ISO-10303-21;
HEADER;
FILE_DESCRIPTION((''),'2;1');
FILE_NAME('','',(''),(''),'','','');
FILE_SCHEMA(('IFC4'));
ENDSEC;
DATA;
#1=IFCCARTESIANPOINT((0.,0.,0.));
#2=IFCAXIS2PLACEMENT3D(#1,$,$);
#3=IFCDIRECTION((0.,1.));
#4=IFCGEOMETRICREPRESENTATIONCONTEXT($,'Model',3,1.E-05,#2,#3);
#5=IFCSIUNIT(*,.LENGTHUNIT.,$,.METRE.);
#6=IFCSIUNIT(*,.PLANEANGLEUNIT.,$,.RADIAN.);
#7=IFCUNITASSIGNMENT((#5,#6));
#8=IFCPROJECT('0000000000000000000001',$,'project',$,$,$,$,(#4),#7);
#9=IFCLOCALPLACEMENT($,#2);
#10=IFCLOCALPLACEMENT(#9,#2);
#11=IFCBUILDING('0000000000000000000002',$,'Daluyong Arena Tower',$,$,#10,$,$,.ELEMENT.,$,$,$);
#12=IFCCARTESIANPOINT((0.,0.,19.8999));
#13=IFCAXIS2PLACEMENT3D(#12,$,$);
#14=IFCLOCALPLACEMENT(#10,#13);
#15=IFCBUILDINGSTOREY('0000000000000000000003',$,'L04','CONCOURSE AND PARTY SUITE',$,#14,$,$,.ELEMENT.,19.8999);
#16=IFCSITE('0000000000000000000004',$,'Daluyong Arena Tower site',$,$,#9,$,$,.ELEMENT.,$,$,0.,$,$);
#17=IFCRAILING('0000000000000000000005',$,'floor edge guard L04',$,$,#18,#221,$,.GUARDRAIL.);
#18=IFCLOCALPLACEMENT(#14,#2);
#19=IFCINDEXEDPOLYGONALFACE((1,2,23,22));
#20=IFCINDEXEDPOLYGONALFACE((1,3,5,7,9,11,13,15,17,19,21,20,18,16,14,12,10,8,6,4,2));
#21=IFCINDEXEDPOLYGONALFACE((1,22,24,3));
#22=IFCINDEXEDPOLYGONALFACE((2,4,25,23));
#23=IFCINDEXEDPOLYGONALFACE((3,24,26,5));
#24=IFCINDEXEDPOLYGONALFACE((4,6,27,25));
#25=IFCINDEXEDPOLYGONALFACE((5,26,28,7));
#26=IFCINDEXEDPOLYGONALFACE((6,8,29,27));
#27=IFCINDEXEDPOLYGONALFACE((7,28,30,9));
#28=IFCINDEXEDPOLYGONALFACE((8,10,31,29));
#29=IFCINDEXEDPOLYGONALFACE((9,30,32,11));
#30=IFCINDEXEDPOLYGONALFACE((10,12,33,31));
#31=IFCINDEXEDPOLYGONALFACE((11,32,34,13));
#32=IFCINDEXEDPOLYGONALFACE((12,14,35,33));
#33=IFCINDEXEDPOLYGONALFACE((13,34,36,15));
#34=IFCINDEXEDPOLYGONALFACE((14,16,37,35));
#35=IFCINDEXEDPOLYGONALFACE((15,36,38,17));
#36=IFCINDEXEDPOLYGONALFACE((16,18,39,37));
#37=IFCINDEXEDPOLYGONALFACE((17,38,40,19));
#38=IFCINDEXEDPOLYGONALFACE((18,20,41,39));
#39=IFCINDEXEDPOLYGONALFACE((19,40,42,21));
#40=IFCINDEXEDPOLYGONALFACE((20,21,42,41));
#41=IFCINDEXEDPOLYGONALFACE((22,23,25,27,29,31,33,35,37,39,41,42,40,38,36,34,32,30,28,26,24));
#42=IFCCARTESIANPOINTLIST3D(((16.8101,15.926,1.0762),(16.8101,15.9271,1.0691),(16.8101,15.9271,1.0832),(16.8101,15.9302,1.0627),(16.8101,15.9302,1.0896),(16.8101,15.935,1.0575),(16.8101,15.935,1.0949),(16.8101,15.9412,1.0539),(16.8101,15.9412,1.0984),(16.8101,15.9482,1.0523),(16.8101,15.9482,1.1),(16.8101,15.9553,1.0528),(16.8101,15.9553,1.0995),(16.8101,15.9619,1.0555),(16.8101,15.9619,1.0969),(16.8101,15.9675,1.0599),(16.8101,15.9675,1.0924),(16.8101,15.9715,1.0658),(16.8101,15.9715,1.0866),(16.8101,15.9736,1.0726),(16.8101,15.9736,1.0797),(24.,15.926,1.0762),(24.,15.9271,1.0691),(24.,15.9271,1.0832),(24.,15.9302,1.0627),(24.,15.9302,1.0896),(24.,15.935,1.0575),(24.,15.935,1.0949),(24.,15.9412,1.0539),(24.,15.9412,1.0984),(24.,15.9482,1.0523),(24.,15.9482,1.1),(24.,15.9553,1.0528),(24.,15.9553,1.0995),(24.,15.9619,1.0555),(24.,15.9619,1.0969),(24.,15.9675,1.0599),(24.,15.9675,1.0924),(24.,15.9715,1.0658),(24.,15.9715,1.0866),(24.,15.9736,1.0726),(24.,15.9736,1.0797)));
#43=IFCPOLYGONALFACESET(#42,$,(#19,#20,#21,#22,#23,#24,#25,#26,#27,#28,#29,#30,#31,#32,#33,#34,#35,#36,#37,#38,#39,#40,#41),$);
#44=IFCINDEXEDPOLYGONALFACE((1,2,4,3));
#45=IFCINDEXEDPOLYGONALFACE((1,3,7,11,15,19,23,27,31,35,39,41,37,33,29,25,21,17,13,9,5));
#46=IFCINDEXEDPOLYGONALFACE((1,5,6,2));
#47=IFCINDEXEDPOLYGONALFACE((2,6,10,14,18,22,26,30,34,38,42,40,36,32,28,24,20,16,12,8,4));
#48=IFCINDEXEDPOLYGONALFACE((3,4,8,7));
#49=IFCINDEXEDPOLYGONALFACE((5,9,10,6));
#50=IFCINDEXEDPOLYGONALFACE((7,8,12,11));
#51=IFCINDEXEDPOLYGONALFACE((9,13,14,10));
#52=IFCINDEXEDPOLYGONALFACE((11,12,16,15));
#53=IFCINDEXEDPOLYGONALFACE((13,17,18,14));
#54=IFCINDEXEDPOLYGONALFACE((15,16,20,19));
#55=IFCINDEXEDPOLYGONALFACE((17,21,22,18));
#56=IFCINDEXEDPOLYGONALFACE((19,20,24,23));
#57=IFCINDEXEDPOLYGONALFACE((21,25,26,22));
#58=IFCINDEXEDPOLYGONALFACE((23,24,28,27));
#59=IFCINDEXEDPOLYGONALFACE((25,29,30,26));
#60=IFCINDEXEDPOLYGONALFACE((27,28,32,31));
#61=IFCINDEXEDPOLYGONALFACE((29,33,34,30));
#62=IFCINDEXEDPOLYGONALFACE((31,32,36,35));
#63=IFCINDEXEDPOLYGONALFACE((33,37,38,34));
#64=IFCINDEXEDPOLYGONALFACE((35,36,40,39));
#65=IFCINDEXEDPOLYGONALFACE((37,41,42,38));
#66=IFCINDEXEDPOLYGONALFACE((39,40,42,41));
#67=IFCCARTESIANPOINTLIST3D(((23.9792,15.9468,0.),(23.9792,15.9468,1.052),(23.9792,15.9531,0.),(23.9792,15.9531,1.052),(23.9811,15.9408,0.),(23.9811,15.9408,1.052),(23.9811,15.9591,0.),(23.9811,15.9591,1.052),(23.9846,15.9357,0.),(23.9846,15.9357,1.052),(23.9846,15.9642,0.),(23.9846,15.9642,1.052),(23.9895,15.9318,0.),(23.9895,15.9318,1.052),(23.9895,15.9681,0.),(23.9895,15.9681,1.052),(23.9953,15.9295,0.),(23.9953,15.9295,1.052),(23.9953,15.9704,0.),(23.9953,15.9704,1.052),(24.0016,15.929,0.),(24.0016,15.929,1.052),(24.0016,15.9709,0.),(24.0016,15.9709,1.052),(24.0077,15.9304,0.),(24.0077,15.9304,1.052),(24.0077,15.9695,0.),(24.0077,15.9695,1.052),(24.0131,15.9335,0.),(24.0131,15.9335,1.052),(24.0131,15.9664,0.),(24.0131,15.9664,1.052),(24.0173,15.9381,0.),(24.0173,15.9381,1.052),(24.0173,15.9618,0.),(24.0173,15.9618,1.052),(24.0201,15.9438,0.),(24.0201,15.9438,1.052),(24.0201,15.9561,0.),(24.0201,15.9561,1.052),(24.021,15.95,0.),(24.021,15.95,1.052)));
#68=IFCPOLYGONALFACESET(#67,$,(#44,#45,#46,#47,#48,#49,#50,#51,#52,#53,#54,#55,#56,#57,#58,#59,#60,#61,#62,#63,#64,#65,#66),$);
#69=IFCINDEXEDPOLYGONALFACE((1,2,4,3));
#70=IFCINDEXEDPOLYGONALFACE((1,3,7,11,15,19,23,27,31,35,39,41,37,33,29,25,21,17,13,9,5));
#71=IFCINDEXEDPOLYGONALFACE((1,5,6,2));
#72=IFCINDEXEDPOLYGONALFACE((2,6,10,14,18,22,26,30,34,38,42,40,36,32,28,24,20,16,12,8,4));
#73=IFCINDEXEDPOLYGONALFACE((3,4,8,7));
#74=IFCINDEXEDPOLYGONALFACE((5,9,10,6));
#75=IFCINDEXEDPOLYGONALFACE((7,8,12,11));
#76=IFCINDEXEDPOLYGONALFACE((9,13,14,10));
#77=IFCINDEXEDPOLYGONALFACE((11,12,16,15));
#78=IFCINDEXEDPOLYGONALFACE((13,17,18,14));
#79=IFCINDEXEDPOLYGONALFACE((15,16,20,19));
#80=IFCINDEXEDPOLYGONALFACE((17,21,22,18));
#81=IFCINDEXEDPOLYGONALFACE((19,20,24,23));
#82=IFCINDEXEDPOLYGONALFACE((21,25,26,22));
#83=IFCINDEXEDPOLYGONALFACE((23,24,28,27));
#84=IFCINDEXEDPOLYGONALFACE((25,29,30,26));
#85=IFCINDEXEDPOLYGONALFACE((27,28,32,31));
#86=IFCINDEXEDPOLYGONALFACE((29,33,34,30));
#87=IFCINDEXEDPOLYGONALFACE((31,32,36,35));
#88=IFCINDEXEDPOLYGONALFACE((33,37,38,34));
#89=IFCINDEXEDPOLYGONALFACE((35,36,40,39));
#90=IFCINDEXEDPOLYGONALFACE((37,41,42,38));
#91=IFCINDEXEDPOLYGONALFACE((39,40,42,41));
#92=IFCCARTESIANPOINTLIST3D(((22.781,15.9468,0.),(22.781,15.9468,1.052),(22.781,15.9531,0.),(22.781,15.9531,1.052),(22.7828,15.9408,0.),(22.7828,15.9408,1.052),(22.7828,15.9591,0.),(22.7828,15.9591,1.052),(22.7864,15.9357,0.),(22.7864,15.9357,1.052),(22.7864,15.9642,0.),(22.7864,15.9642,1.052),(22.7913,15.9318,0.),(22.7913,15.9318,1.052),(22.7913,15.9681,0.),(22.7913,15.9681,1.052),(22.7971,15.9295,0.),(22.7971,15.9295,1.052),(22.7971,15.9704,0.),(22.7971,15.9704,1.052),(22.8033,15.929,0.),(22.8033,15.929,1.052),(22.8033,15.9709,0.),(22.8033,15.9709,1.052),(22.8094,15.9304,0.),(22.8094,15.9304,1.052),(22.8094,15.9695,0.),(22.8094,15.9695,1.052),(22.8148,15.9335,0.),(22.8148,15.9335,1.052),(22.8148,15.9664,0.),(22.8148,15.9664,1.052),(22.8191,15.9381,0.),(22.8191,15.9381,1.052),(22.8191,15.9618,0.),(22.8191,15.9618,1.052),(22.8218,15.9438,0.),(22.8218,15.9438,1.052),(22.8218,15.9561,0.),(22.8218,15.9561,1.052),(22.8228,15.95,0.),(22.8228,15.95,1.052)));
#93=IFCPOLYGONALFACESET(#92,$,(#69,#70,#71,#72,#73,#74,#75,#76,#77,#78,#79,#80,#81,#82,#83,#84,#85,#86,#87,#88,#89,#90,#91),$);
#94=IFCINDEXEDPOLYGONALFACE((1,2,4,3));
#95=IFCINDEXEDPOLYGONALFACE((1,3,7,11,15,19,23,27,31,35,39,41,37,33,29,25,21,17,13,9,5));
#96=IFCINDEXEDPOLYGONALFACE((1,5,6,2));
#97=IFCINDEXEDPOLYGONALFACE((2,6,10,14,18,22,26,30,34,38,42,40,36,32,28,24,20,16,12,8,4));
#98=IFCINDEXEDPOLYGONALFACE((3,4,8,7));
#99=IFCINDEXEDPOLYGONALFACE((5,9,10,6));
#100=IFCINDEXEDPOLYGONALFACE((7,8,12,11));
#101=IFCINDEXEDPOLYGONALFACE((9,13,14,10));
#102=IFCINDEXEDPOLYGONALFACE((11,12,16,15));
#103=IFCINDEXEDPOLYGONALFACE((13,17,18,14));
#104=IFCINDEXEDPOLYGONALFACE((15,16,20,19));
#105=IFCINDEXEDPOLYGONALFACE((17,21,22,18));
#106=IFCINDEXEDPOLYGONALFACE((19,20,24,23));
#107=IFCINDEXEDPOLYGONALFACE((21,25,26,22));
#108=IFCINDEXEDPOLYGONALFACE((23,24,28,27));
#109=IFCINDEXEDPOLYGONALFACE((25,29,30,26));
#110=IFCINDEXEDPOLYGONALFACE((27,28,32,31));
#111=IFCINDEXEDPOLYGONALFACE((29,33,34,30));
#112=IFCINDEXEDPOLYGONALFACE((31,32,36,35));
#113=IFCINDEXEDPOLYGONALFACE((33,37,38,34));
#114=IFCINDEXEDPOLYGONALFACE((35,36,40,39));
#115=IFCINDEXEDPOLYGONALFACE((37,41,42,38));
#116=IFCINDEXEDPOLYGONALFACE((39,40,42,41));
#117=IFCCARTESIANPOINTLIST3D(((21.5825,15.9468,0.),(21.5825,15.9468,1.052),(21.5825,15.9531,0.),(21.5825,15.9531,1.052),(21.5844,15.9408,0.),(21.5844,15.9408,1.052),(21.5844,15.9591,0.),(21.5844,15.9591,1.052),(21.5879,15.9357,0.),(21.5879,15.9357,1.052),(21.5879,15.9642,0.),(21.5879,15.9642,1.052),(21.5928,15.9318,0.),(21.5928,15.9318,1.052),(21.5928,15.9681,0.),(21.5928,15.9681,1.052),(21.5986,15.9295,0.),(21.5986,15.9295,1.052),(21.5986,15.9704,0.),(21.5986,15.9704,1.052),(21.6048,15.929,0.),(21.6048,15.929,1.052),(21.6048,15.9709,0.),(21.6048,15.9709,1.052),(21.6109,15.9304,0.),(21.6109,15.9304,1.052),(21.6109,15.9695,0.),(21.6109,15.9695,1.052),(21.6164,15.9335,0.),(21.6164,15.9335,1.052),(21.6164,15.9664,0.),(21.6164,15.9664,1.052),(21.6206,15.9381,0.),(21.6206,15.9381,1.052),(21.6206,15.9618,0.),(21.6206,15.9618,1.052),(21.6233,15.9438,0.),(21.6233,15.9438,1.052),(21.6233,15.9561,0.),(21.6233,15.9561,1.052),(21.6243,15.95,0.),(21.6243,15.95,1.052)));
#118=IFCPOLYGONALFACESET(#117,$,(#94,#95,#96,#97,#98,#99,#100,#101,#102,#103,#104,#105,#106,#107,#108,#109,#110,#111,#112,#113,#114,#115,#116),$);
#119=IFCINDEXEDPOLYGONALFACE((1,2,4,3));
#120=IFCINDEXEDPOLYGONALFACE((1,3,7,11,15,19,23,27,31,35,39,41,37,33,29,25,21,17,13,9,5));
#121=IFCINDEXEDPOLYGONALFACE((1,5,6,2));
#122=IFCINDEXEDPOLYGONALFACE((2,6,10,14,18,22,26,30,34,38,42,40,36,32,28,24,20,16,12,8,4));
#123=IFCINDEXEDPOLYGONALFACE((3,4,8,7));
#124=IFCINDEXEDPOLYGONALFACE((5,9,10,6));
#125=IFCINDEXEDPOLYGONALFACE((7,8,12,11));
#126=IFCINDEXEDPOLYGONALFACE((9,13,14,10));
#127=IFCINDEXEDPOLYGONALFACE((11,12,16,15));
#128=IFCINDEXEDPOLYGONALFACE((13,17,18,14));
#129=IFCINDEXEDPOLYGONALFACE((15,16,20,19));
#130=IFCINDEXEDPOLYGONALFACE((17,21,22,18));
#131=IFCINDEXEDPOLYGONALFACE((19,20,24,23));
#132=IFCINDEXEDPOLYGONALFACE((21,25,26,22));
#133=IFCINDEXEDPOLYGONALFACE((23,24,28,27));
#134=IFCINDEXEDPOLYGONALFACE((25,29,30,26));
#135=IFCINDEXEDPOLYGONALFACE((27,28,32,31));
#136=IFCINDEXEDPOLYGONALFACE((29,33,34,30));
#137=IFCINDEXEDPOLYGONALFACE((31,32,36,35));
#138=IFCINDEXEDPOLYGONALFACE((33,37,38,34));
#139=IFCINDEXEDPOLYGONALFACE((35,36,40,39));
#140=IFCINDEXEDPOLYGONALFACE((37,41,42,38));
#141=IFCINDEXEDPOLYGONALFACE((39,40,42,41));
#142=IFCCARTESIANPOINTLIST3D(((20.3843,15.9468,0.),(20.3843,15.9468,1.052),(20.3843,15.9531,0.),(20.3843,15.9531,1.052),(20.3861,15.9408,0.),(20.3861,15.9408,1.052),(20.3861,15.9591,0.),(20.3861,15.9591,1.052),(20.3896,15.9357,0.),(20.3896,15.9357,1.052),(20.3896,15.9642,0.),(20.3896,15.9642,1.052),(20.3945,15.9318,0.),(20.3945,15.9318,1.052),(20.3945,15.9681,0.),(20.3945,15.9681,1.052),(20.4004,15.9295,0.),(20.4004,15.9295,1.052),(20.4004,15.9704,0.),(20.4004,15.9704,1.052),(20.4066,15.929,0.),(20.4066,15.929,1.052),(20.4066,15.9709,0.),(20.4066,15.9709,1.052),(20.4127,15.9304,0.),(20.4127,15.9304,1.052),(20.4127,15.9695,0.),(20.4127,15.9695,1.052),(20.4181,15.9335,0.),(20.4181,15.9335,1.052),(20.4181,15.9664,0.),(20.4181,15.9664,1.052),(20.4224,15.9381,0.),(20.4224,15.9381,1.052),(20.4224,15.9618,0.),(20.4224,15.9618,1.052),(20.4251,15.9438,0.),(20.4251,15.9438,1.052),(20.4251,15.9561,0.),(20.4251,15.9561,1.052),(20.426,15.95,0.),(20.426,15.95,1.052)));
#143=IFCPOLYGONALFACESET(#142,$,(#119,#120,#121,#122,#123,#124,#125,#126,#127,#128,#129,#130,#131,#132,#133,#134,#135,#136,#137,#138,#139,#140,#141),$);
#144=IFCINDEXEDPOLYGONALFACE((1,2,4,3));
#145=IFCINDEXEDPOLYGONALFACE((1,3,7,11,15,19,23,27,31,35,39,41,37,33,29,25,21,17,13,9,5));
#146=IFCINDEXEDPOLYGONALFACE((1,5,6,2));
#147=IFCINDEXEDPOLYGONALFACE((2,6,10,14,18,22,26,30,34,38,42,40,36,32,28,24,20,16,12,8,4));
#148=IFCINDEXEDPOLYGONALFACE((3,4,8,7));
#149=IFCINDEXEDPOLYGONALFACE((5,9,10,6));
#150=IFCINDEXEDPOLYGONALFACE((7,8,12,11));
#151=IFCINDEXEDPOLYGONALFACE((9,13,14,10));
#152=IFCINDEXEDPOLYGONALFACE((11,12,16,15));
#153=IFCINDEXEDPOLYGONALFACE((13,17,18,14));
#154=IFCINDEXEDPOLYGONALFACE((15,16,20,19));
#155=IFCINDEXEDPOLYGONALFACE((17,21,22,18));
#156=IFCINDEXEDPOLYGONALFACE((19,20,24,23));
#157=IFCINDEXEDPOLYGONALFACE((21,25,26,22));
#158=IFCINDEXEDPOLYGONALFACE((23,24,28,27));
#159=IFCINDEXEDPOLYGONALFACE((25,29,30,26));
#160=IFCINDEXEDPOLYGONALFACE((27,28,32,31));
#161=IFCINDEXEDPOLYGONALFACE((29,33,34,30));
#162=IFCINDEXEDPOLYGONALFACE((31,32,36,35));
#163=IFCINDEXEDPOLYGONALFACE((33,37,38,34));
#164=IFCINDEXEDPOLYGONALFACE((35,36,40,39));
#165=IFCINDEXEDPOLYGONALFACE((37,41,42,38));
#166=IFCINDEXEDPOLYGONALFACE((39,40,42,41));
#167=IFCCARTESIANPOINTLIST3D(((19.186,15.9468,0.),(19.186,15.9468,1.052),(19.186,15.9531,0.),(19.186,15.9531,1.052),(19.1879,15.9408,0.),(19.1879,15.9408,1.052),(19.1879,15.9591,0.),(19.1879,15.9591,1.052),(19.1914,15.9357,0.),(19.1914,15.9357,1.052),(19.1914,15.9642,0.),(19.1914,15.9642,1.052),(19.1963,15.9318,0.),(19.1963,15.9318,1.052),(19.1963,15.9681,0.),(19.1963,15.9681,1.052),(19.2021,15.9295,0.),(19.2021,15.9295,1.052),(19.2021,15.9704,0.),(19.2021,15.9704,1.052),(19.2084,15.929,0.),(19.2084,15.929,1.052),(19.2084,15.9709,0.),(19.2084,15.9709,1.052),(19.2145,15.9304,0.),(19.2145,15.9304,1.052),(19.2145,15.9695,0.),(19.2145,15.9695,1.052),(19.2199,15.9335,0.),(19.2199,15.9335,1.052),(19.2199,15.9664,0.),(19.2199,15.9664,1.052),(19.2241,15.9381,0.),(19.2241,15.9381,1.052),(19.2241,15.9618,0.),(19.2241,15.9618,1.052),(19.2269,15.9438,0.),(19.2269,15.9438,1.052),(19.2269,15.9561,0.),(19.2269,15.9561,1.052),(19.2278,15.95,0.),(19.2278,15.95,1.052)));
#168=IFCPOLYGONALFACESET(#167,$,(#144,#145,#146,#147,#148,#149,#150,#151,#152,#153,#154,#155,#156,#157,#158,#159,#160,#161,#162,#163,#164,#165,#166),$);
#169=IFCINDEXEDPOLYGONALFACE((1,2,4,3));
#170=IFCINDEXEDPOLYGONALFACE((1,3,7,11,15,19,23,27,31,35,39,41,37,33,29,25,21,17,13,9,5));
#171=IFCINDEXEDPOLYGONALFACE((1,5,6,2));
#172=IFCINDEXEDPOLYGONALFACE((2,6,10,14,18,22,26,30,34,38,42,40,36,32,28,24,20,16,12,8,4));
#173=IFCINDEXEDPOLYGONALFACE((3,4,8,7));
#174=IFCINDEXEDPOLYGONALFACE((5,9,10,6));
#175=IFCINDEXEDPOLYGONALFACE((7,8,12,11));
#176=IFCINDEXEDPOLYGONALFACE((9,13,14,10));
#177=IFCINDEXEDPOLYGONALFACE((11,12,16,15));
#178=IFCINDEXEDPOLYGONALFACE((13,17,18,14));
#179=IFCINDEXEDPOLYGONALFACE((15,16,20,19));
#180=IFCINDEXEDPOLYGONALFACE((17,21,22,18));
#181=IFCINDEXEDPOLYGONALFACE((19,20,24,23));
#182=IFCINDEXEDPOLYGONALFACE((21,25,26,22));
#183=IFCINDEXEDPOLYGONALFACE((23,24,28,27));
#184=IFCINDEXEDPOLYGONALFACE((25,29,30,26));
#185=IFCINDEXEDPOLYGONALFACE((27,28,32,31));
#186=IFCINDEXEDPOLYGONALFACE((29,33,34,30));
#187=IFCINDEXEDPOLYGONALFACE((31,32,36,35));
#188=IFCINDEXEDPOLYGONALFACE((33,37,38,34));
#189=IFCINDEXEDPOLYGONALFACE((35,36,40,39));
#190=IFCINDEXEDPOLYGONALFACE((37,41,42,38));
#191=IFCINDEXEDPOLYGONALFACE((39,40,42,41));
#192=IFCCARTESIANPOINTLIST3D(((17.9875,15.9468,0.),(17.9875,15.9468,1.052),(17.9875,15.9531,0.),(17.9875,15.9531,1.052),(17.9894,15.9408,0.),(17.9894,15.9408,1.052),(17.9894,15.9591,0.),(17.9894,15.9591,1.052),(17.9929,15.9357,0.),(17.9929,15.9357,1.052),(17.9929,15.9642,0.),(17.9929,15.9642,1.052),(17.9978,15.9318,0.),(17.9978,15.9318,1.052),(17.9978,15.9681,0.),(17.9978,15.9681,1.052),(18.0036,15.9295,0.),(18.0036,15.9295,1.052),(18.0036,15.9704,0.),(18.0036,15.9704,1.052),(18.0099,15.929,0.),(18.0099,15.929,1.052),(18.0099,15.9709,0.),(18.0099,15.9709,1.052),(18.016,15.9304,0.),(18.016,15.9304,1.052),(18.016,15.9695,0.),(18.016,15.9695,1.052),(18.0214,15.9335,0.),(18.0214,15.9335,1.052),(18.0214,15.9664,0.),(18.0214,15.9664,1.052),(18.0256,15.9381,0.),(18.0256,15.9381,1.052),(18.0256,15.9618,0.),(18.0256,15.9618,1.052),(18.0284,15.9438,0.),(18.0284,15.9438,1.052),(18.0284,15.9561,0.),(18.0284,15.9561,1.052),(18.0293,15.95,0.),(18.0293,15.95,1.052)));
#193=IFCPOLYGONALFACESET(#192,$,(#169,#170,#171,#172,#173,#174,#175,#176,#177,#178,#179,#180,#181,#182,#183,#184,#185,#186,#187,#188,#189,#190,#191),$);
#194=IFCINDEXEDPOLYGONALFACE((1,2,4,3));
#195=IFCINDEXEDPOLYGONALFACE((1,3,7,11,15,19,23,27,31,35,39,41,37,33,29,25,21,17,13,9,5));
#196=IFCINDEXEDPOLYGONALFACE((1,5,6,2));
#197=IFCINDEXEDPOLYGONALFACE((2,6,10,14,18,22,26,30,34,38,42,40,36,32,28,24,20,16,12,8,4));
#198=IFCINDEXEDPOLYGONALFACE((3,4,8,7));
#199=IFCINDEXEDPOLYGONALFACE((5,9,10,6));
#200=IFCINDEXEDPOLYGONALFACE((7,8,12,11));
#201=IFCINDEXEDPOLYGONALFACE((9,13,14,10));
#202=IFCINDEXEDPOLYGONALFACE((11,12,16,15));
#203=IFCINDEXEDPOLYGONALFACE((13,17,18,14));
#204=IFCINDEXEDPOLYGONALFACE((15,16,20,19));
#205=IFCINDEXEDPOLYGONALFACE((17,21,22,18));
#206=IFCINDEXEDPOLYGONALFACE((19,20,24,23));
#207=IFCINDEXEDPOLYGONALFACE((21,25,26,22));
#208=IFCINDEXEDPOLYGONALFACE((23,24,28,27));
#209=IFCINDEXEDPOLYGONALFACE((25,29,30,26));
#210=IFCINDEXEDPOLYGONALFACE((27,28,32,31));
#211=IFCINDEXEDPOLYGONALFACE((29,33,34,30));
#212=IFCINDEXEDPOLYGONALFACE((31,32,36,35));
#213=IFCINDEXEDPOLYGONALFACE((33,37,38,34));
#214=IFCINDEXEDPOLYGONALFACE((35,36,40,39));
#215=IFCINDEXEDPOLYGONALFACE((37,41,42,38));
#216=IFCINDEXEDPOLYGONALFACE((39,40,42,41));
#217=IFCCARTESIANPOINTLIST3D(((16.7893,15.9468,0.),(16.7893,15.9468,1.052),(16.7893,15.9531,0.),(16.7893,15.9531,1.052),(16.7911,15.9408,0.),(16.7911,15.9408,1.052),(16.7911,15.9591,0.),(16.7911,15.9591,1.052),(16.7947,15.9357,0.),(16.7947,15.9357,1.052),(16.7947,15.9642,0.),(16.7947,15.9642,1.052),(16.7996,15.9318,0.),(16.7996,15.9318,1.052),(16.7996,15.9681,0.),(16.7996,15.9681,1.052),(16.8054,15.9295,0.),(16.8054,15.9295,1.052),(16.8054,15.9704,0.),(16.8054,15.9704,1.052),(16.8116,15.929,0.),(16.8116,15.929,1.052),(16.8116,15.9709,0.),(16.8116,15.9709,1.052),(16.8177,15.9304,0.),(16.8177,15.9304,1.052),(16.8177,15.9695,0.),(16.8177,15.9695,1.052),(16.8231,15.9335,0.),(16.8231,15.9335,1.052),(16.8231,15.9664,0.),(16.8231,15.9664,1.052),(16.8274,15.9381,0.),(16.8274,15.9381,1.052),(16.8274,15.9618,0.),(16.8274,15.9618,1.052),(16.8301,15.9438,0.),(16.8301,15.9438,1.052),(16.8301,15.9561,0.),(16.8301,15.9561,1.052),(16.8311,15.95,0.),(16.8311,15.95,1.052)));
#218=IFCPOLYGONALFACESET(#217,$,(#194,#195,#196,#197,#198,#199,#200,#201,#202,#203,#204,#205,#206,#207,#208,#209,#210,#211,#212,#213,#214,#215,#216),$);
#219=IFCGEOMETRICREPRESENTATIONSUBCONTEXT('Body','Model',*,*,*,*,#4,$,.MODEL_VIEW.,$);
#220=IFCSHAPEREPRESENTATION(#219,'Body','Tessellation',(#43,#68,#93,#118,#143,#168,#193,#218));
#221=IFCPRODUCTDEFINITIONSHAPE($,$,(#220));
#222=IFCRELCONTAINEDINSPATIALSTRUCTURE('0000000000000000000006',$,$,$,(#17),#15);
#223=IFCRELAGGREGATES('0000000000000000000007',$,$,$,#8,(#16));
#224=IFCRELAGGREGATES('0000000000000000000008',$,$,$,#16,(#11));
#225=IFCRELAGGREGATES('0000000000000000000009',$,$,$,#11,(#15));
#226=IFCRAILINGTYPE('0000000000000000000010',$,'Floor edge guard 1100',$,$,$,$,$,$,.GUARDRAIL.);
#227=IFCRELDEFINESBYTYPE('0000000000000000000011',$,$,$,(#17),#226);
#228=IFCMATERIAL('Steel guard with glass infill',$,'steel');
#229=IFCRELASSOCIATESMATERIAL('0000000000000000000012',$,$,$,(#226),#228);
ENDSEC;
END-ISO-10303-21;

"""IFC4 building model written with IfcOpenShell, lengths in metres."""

from ifc_helpers import new_model, si_unit, direction, frame, origin, origin_2d, place, context, subcontext, project, spatial, circle, extrude, material, type_object, element, save


model = new_model("IFC4")

# Units and contexts
model_context = context("Model", 3, precision=1e-05, world=origin(), true_north=direction((0.0, 1.0)))
body_context = subcontext(model_context, "Body", "Model", "MODEL_VIEW")
ifc_project = project(units=[si_unit("LENGTHUNIT", "METRE"), si_unit("PLANEANGLEUNIT", "RADIAN")], contexts=[model_context])

# Site, building, storey
site_placement = place(None, origin())
site = spatial("IfcSite", under=ifc_project, at=site_placement, Name="Daluyong Arena Tower site", CompositionType="ELEMENT", RefElevation=0.0)
building_placement = place(site_placement, origin())
building = spatial("IfcBuilding", under=site, at=building_placement, Name="Daluyong Arena Tower", CompositionType="ELEMENT")
storey_placement = place(building_placement, frame((0.0, 0.0, 19.8999)))
storey = spatial("IfcBuildingStorey", under=building, at=storey_placement, Name="L04", Description="CONCOURSE AND PARTY SUITE", CompositionType="ELEMENT", Elevation=19.8999)

# Railing
ifc_material_1 = material(Name="Steel guard with glass infill", Category="steel")
railing_type = type_object("IfcRailingType", Name="Floor edge guard 1100", PredefinedType="GUARDRAIL", material=ifc_material_1)
railing_1_placement = place(storey_placement, frame((24.0, 15.95, 0.0)))
element("IfcRailing", 1, at=railing_1_placement, inside=storey, type_object=railing_type, Name="floor edge guard L04", PredefinedType="GUARDRAIL", context=body_context, shape_type="SweptSolid", body=[
    extrude(circle(Radius=0.0239, at=origin_2d()), frame((0.0, 0.0, 1.0762), z_axis=(-1.0, 0.0, 0.0), x_axis=(0.0, -1.0, 0.0)), (0.0, 0.0, 1.0), 7.1899),
    extrude(circle(Radius=0.021, at=origin_2d()), origin(), (0.0, 0.0, 1.0), 1.052),
    extrude(circle(Radius=0.021, at=origin_2d()), frame((-1.1982, 0.0, 0.0)), (0.0, 0.0, 1.0), 1.052),
    extrude(circle(Radius=0.021, at=origin_2d()), frame((-2.3967, 0.0, 0.0)), (0.0, 0.0, 1.0), 1.052),
    extrude(circle(Radius=0.021, at=origin_2d()), frame((-3.595, 0.0, 0.0)), (0.0, 0.0, 1.0), 1.052),
    extrude(circle(Radius=0.021, at=origin_2d()), frame((-4.7932, 0.0, 0.0)), (0.0, 0.0, 1.0), 1.052),
    extrude(circle(Radius=0.021, at=origin_2d()), frame((-5.9917, 0.0, 0.0)), (0.0, 0.0, 1.0), 1.052),
    extrude(circle(Radius=0.021, at=origin_2d()), frame((-7.1899, 0.0, 0.0)), (0.0, 0.0, 1.0), 1.052),
])

save(model, "model.ifc")
